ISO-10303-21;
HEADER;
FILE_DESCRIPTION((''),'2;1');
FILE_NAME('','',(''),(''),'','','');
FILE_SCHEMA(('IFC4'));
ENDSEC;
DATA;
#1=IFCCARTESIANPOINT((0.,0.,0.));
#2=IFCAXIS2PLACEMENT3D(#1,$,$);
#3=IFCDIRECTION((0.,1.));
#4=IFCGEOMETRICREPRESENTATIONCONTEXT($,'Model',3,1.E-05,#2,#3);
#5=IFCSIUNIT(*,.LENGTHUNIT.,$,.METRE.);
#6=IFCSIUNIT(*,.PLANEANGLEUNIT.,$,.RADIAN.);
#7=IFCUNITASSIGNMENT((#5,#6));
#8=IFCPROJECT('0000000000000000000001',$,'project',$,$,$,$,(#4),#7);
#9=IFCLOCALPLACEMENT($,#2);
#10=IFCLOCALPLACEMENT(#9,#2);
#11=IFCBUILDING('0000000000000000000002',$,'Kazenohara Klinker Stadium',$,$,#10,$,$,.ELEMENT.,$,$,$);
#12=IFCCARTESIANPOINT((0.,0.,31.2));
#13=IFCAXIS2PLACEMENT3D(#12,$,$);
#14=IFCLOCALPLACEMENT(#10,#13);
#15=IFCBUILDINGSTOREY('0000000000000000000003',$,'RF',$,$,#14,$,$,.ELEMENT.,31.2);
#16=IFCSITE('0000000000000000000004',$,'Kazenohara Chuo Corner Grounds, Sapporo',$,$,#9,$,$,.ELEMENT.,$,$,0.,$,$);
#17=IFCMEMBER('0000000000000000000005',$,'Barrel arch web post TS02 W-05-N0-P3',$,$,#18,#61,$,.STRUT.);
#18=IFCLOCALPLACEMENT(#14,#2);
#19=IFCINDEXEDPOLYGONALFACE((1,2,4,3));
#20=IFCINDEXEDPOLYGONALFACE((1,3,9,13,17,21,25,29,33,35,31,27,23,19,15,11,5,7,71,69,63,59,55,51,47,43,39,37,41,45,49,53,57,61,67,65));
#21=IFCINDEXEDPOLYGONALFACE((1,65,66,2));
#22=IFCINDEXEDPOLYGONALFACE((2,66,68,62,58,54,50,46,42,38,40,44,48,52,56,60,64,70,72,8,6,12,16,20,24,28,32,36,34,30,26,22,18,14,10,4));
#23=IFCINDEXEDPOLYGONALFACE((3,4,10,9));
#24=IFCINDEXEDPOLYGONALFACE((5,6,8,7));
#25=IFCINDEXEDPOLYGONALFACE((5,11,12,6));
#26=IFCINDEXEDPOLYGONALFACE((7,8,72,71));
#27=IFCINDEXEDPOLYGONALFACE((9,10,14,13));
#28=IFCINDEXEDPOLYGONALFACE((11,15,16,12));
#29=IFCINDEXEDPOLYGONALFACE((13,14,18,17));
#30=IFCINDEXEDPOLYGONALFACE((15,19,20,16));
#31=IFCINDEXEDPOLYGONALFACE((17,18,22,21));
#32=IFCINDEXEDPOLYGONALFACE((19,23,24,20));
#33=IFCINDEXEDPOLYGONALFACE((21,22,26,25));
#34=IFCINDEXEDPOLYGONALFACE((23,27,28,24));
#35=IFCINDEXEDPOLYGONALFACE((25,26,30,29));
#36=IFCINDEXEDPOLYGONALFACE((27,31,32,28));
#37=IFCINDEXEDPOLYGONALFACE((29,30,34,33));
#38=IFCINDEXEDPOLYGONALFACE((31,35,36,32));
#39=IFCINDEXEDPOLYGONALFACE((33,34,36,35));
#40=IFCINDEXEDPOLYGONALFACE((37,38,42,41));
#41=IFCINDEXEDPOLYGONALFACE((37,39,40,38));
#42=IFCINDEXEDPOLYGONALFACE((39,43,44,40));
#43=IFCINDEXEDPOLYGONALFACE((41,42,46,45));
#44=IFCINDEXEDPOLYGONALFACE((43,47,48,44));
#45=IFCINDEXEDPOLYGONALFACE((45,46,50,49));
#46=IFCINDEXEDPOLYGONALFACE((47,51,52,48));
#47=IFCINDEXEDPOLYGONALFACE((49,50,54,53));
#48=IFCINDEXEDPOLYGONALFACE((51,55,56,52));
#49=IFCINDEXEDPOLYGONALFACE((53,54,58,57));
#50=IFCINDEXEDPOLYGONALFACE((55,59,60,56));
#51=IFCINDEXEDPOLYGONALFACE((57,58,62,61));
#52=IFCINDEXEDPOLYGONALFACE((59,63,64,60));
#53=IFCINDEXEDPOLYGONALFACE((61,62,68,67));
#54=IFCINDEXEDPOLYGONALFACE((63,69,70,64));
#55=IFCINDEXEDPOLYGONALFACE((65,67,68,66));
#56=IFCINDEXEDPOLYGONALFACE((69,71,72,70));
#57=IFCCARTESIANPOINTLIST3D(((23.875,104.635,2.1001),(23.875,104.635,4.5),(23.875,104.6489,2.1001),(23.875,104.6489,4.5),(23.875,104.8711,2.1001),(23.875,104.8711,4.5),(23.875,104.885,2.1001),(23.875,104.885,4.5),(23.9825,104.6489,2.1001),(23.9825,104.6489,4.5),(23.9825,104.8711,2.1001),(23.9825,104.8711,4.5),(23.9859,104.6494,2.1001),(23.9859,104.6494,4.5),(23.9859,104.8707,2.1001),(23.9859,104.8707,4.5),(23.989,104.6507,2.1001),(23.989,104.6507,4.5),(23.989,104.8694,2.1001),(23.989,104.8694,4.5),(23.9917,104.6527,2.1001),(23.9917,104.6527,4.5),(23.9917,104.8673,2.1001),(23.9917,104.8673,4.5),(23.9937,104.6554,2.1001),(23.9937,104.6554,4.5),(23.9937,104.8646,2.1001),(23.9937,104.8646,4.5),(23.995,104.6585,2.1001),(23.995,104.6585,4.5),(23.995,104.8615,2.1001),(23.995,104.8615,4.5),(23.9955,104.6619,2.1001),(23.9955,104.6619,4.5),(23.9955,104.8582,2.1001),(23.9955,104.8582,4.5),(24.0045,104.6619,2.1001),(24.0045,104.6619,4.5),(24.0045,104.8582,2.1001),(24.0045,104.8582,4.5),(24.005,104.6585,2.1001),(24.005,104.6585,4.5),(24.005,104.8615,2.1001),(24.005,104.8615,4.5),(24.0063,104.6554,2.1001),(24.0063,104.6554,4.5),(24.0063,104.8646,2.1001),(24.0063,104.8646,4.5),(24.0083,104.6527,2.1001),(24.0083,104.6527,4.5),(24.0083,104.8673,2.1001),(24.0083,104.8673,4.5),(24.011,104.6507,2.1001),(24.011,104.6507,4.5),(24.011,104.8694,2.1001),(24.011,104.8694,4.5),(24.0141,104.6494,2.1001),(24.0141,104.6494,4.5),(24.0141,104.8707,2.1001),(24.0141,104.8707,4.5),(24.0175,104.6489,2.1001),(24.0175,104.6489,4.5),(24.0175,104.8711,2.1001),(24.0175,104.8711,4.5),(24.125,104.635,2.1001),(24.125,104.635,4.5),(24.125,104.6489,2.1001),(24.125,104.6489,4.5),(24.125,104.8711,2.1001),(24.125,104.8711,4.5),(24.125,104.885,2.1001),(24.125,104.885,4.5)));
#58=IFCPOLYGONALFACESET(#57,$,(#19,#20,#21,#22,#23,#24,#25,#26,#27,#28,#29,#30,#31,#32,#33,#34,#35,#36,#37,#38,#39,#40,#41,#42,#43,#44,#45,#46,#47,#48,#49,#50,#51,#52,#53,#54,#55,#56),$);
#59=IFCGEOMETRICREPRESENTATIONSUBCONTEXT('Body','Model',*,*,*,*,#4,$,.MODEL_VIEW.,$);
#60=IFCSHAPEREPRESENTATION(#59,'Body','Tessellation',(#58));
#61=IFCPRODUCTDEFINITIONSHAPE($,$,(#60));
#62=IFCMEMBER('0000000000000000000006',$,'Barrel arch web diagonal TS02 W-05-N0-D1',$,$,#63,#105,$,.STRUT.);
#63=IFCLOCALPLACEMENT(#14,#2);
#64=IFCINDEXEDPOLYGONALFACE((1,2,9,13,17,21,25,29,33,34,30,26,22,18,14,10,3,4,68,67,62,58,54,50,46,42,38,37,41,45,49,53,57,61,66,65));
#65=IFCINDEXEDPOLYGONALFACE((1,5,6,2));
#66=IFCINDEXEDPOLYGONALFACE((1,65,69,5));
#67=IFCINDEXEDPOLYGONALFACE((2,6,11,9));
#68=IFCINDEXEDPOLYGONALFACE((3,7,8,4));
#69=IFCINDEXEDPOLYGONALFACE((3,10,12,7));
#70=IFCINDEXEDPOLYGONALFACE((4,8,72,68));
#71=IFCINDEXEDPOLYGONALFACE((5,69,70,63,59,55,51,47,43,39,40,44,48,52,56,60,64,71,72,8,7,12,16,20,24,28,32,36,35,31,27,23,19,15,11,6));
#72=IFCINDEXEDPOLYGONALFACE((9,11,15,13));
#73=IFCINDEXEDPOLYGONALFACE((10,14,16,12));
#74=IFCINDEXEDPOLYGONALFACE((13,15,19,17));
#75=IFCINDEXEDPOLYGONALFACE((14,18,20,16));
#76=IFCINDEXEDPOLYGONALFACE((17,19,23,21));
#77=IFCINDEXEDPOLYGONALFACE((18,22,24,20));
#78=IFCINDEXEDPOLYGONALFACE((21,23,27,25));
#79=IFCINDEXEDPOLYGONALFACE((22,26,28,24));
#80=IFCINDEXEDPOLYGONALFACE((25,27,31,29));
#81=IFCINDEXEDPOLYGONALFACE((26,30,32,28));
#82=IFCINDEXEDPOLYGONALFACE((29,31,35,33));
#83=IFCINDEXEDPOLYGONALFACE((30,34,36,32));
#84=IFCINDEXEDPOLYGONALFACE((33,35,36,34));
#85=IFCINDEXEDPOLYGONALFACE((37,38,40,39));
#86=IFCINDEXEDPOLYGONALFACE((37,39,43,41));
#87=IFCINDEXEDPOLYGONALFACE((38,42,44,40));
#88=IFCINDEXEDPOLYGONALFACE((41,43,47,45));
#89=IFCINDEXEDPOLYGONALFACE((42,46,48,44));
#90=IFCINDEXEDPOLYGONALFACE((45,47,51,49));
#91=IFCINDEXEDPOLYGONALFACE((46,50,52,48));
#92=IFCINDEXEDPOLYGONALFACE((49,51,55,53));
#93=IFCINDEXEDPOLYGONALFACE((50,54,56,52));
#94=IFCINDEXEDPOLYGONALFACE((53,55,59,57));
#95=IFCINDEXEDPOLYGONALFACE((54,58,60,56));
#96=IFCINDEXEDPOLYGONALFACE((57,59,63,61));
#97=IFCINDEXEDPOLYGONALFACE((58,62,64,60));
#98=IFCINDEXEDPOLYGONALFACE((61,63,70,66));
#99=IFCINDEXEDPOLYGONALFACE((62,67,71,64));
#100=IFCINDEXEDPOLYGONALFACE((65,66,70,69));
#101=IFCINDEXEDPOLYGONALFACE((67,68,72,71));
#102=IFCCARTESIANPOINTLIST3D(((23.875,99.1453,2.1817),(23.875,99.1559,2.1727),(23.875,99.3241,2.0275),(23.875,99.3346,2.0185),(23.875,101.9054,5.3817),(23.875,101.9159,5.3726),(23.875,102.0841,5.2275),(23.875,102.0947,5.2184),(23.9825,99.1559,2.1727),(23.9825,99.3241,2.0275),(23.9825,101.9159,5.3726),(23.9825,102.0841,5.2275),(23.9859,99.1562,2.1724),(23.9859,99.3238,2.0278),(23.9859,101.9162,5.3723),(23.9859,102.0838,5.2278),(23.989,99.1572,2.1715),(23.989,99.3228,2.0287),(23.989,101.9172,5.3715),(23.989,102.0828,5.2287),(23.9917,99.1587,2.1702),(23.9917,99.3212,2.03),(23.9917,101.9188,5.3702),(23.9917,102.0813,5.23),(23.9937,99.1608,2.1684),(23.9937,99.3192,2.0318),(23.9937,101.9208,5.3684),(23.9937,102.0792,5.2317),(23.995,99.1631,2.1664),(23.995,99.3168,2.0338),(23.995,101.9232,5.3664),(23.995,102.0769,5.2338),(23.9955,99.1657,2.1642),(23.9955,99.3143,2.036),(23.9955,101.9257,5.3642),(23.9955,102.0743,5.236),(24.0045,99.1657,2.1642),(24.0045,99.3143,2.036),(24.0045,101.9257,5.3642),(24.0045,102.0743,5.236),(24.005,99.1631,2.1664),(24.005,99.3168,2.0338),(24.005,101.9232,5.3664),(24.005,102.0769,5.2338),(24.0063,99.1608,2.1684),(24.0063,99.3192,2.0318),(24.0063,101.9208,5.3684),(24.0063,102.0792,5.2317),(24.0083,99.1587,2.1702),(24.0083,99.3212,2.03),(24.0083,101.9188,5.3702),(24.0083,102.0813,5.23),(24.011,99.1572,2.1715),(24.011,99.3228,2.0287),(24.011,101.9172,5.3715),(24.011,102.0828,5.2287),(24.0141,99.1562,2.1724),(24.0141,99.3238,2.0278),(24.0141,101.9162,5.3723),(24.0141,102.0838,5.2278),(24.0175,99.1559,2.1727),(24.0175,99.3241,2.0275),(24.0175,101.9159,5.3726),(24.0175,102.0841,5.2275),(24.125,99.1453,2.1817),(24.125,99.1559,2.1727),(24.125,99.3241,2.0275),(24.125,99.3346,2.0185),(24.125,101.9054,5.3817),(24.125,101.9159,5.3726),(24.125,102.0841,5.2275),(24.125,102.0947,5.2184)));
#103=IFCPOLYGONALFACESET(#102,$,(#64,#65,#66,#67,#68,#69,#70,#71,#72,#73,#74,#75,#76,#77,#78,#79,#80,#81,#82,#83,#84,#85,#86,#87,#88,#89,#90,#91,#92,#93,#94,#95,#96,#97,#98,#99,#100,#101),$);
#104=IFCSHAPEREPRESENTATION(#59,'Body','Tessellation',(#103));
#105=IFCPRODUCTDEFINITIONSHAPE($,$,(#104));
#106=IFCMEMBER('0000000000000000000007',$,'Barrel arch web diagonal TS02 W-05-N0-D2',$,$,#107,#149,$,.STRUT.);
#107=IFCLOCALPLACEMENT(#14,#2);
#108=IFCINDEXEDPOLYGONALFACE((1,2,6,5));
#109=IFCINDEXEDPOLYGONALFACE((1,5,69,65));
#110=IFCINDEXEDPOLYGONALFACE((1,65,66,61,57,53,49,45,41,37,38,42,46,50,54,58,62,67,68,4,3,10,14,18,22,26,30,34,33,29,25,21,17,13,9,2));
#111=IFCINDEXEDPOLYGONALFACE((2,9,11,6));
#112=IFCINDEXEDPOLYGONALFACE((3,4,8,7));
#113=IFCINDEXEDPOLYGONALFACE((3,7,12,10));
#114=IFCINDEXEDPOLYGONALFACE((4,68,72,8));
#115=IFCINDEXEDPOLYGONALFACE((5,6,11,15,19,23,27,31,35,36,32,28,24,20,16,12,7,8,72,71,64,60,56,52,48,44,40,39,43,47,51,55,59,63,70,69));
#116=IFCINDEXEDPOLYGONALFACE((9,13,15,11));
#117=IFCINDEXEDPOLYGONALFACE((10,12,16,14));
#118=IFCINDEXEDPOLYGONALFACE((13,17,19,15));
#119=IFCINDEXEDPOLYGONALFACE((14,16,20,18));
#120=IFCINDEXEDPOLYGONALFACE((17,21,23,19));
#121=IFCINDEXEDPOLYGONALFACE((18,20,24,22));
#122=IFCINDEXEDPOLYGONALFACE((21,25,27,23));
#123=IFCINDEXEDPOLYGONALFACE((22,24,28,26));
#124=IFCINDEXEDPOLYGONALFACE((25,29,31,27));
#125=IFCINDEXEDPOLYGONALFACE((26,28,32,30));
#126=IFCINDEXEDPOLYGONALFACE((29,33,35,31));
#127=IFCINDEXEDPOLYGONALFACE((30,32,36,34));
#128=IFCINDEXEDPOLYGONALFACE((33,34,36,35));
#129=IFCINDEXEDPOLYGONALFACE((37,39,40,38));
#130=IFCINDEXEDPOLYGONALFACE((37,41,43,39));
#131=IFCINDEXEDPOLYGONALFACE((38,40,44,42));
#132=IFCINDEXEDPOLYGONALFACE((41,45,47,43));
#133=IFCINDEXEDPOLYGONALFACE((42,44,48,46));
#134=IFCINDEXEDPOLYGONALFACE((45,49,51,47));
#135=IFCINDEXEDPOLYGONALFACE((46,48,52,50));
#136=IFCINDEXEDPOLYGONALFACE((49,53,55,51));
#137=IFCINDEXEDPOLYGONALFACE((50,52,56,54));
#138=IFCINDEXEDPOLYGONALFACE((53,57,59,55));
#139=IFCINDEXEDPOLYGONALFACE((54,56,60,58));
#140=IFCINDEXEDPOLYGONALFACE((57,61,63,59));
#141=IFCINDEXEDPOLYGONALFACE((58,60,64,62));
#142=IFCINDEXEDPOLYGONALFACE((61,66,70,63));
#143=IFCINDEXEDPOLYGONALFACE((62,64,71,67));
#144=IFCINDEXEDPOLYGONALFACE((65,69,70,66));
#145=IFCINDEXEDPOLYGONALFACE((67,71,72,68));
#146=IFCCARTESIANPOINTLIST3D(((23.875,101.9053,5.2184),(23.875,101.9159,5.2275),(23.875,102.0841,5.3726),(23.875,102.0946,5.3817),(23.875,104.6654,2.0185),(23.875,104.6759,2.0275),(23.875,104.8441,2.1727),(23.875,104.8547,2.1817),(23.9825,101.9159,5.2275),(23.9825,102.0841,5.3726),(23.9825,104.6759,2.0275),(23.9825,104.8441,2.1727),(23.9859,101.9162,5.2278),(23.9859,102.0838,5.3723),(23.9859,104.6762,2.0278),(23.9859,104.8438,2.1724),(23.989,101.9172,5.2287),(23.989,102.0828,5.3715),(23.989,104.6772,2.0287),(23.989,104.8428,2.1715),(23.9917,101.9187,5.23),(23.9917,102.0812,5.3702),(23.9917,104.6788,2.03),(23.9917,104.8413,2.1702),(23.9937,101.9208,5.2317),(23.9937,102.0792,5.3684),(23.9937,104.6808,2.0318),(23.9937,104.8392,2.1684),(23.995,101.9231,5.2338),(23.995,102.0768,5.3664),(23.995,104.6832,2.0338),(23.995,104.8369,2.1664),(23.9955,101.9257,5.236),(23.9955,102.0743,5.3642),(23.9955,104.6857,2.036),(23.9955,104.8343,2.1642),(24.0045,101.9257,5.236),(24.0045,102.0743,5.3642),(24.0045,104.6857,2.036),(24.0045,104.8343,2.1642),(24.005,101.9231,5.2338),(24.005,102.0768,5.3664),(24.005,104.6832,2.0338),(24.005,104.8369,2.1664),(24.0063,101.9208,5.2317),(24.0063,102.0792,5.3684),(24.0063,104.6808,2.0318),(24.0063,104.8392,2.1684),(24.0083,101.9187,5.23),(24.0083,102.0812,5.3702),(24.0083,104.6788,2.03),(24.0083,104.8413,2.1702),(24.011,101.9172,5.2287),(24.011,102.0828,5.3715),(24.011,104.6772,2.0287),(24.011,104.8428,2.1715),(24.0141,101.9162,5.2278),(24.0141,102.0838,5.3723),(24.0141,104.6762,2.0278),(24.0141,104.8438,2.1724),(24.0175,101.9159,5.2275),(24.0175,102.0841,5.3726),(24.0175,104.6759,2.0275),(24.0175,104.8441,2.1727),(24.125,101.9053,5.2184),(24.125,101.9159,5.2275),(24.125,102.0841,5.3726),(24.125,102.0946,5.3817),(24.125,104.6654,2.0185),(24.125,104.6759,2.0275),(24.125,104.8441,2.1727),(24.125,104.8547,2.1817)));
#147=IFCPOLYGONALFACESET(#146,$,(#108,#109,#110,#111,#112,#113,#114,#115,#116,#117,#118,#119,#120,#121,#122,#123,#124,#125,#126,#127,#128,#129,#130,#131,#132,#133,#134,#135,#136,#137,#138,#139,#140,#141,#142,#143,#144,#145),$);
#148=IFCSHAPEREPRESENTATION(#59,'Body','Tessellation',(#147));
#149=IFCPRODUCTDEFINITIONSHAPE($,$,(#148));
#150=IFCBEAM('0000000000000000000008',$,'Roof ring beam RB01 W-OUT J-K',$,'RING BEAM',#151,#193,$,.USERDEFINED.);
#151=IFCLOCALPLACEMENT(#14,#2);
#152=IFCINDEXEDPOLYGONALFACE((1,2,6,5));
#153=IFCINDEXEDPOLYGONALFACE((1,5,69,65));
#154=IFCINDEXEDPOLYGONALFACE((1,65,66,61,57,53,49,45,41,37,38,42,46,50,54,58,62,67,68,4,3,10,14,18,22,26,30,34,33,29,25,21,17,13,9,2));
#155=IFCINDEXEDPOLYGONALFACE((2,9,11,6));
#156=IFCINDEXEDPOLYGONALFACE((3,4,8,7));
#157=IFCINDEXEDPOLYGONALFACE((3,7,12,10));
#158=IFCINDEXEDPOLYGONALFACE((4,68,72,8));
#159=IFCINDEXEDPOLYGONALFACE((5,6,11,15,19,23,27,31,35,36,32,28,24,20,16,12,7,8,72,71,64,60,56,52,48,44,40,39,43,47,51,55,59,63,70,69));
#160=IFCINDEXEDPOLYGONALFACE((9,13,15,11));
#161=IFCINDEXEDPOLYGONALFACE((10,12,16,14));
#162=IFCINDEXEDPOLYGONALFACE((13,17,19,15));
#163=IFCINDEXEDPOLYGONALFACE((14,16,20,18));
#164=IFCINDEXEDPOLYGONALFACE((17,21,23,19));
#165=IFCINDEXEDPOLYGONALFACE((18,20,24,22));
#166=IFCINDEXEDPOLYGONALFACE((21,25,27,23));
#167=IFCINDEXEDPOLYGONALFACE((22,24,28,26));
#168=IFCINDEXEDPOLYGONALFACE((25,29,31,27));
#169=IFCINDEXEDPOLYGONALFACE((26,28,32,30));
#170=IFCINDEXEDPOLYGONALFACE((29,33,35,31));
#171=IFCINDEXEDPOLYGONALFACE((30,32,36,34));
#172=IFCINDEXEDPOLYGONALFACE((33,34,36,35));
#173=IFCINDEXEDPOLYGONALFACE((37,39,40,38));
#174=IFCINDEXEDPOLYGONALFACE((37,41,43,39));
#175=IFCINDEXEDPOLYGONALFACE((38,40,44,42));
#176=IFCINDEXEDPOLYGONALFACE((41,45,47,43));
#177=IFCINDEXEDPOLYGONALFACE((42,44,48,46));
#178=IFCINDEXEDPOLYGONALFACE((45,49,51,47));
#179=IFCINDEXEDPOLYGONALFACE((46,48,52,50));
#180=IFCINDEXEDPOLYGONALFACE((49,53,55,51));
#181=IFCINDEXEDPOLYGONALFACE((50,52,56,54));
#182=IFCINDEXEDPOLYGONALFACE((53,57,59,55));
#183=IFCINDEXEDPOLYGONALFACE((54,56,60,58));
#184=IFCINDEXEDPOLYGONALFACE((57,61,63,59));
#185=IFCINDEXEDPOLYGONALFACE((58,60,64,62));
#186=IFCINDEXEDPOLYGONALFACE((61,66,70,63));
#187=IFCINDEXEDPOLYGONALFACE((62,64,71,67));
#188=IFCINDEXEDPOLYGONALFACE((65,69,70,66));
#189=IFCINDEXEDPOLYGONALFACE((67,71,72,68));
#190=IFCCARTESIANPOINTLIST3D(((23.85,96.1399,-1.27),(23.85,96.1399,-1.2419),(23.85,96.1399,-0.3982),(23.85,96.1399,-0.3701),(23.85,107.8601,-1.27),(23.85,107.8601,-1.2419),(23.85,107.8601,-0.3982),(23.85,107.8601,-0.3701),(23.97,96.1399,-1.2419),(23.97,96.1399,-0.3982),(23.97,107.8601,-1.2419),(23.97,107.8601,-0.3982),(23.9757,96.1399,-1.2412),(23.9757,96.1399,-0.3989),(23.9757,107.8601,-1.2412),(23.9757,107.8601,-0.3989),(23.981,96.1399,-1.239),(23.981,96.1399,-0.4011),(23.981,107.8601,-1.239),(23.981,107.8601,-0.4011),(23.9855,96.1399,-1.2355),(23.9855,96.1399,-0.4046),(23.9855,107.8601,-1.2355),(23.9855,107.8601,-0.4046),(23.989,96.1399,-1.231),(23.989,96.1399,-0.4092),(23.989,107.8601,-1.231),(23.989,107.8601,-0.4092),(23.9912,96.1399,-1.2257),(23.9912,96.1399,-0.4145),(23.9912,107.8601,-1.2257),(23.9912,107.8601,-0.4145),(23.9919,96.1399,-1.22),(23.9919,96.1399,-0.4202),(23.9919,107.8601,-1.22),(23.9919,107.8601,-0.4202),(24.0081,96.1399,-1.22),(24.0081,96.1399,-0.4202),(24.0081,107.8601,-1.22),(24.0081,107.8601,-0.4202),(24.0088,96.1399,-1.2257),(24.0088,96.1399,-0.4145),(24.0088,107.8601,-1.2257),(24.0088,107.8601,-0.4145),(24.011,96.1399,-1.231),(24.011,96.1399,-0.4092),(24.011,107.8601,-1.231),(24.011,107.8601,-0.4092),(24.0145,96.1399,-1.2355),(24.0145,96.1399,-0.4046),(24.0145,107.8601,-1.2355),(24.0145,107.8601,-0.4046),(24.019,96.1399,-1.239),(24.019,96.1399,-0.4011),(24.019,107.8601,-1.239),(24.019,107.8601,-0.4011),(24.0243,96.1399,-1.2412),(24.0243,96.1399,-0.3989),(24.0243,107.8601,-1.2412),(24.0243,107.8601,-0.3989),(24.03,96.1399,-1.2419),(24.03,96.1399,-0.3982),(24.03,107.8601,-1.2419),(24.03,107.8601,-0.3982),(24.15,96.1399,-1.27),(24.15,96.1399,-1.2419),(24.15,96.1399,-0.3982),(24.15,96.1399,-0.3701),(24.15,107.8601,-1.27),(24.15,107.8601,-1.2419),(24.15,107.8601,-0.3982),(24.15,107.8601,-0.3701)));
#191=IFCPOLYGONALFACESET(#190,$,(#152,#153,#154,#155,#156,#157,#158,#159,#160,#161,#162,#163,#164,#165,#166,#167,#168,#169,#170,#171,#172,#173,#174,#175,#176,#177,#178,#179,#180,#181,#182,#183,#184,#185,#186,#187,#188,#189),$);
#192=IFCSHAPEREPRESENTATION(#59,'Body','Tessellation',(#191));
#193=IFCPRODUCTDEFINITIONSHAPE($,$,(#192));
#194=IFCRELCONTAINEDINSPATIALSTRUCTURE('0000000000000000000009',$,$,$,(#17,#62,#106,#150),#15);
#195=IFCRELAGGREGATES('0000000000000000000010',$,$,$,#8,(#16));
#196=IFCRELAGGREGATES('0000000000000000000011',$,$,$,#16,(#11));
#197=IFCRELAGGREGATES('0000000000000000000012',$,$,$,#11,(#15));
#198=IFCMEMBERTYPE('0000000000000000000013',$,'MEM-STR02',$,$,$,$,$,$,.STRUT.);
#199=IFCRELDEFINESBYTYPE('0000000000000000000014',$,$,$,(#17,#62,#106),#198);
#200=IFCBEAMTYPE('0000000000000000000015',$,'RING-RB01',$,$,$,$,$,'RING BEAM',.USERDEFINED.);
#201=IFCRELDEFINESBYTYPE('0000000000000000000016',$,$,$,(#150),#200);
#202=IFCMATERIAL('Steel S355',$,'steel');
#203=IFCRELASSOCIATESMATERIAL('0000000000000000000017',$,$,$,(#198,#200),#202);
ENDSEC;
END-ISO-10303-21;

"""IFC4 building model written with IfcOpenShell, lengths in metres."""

from ifc_helpers import new_model, si_unit, direction, frame, origin, origin_2d, place, context, subcontext, project, spatial, i_section, extrude, material, material_profile, profile_set, type_object, element, save


model = new_model("IFC4")

# Units and contexts
model_context = context("Model", 3, precision=1e-05, world=origin(), true_north=direction((0.0, 1.0)))
body_context = subcontext(model_context, "Body", "Model", "MODEL_VIEW")
ifc_project = project(units=[si_unit("LENGTHUNIT", "METRE"), si_unit("PLANEANGLEUNIT", "RADIAN")], contexts=[model_context])

# Site, building, storey
site_placement = place(None, origin())
site = spatial("IfcSite", under=ifc_project, at=site_placement, Name="Kazenohara Chuo Corner Grounds, Sapporo", CompositionType="ELEMENT", RefElevation=0.0)
building_placement = place(site_placement, origin())
building = spatial("IfcBuilding", under=site, at=building_placement, Name="Kazenohara Klinker Stadium", CompositionType="ELEMENT")
storey_placement = place(building_placement, frame((0.0, 0.0, 31.2)))
storey = spatial("IfcBuildingStorey", under=building, at=storey_placement, Name="RF", CompositionType="ELEMENT", Elevation=31.2)

# Members
ifc_material_1 = material(Name="Steel S355", Category="steel")
ifc_material_profile_1 = material_profile(ifc_material_1, i_section(OverallWidth=0.25, OverallDepth=0.25, WebThickness=0.009, FlangeThickness=0.0139, FilletRadius=0.0129, at=origin_2d()), Name="H-250x250x9x14")
ifc_profile_set_1 = profile_set([ifc_material_profile_1], Name="Steel S355")
member_type_1 = type_object("IfcMemberType", Name="MEM-STR02", PredefinedType="STRUT", material=ifc_profile_set_1)
member_1_placement = place(storey_placement, frame((24.0, 104.76, 2.1001), z_axis=(0.0, 0.0, 1.0), x_axis=(1.0, 0.0, 0.0)))
element("IfcMember", 1, at=member_1_placement, inside=storey, type_object=member_type_1, Name="Barrel arch web post TS02 W-05-N0-P3", PredefinedType="STRUT", context=body_context, shape_type="SweptSolid", body=[
    extrude(i_section(OverallWidth=0.25, OverallDepth=0.25, WebThickness=0.009, FlangeThickness=0.0139, FilletRadius=0.0129, at=origin_2d()), origin(), (0.0, 0.0, 1.0), 2.3999),
])
for number, where, z_axis, x_axis, name in (
    (2, (24.0, 99.24, 2.1001), (0.0, 0.653134, 0.757242), (-1.0, 0.0, 0.0), "Barrel arch web diagonal TS02 W-05-N0-D1"),
    (3, (24.0, 104.76, 2.1001), (0.0, -0.653134, 0.757242), (1.0, 0.0, 0.0), "Barrel arch web diagonal TS02 W-05-N0-D2"),
):
    element("IfcMember", number, at=place(storey_placement, frame(where, z_axis=z_axis, x_axis=x_axis)), inside=storey, type_object=member_type_1, Name=name, PredefinedType="STRUT", context=body_context, shape_type="SweptSolid", body=[
        extrude(i_section(OverallWidth=0.25, OverallDepth=0.25, WebThickness=0.009, FlangeThickness=0.0139, FilletRadius=0.0129, at=origin_2d()), origin(), (0.0, 0.0, 1.0), 4.2258),
    ])

# Beam
ifc_material_profile_2 = material_profile(ifc_material_1, i_section(OverallWidth=0.3, OverallDepth=0.8999, WebThickness=0.0161, FlangeThickness=0.0281, FilletRadius=0.022, at=origin_2d()), Name="H-900x300x16x28")
ifc_profile_set_2 = profile_set([ifc_material_profile_2], Name="Steel S355")
beam_type = type_object("IfcBeamType", Name="RING-RB01", ElementType="RING BEAM", PredefinedType="USERDEFINED", material=ifc_profile_set_2)
beam_placement = place(storey_placement, frame((24.0, 96.1399, -0.8201), z_axis=(0.0, 1.0, 0.0), x_axis=(-1.0, 0.0, 0.0)))
element("IfcBeam", 4, at=beam_placement, inside=storey, type_object=beam_type, Name="Roof ring beam RB01 W-OUT J-K", ObjectType="RING BEAM", PredefinedType="USERDEFINED", context=body_context, shape_type="SweptSolid", body=[
    extrude(i_section(OverallWidth=0.3, OverallDepth=0.8999, WebThickness=0.0161, FlangeThickness=0.0281, FilletRadius=0.022, at=origin_2d()), origin(), (0.0, 0.0, 1.0), 11.7202),
])

save(model, "model.ifc")
